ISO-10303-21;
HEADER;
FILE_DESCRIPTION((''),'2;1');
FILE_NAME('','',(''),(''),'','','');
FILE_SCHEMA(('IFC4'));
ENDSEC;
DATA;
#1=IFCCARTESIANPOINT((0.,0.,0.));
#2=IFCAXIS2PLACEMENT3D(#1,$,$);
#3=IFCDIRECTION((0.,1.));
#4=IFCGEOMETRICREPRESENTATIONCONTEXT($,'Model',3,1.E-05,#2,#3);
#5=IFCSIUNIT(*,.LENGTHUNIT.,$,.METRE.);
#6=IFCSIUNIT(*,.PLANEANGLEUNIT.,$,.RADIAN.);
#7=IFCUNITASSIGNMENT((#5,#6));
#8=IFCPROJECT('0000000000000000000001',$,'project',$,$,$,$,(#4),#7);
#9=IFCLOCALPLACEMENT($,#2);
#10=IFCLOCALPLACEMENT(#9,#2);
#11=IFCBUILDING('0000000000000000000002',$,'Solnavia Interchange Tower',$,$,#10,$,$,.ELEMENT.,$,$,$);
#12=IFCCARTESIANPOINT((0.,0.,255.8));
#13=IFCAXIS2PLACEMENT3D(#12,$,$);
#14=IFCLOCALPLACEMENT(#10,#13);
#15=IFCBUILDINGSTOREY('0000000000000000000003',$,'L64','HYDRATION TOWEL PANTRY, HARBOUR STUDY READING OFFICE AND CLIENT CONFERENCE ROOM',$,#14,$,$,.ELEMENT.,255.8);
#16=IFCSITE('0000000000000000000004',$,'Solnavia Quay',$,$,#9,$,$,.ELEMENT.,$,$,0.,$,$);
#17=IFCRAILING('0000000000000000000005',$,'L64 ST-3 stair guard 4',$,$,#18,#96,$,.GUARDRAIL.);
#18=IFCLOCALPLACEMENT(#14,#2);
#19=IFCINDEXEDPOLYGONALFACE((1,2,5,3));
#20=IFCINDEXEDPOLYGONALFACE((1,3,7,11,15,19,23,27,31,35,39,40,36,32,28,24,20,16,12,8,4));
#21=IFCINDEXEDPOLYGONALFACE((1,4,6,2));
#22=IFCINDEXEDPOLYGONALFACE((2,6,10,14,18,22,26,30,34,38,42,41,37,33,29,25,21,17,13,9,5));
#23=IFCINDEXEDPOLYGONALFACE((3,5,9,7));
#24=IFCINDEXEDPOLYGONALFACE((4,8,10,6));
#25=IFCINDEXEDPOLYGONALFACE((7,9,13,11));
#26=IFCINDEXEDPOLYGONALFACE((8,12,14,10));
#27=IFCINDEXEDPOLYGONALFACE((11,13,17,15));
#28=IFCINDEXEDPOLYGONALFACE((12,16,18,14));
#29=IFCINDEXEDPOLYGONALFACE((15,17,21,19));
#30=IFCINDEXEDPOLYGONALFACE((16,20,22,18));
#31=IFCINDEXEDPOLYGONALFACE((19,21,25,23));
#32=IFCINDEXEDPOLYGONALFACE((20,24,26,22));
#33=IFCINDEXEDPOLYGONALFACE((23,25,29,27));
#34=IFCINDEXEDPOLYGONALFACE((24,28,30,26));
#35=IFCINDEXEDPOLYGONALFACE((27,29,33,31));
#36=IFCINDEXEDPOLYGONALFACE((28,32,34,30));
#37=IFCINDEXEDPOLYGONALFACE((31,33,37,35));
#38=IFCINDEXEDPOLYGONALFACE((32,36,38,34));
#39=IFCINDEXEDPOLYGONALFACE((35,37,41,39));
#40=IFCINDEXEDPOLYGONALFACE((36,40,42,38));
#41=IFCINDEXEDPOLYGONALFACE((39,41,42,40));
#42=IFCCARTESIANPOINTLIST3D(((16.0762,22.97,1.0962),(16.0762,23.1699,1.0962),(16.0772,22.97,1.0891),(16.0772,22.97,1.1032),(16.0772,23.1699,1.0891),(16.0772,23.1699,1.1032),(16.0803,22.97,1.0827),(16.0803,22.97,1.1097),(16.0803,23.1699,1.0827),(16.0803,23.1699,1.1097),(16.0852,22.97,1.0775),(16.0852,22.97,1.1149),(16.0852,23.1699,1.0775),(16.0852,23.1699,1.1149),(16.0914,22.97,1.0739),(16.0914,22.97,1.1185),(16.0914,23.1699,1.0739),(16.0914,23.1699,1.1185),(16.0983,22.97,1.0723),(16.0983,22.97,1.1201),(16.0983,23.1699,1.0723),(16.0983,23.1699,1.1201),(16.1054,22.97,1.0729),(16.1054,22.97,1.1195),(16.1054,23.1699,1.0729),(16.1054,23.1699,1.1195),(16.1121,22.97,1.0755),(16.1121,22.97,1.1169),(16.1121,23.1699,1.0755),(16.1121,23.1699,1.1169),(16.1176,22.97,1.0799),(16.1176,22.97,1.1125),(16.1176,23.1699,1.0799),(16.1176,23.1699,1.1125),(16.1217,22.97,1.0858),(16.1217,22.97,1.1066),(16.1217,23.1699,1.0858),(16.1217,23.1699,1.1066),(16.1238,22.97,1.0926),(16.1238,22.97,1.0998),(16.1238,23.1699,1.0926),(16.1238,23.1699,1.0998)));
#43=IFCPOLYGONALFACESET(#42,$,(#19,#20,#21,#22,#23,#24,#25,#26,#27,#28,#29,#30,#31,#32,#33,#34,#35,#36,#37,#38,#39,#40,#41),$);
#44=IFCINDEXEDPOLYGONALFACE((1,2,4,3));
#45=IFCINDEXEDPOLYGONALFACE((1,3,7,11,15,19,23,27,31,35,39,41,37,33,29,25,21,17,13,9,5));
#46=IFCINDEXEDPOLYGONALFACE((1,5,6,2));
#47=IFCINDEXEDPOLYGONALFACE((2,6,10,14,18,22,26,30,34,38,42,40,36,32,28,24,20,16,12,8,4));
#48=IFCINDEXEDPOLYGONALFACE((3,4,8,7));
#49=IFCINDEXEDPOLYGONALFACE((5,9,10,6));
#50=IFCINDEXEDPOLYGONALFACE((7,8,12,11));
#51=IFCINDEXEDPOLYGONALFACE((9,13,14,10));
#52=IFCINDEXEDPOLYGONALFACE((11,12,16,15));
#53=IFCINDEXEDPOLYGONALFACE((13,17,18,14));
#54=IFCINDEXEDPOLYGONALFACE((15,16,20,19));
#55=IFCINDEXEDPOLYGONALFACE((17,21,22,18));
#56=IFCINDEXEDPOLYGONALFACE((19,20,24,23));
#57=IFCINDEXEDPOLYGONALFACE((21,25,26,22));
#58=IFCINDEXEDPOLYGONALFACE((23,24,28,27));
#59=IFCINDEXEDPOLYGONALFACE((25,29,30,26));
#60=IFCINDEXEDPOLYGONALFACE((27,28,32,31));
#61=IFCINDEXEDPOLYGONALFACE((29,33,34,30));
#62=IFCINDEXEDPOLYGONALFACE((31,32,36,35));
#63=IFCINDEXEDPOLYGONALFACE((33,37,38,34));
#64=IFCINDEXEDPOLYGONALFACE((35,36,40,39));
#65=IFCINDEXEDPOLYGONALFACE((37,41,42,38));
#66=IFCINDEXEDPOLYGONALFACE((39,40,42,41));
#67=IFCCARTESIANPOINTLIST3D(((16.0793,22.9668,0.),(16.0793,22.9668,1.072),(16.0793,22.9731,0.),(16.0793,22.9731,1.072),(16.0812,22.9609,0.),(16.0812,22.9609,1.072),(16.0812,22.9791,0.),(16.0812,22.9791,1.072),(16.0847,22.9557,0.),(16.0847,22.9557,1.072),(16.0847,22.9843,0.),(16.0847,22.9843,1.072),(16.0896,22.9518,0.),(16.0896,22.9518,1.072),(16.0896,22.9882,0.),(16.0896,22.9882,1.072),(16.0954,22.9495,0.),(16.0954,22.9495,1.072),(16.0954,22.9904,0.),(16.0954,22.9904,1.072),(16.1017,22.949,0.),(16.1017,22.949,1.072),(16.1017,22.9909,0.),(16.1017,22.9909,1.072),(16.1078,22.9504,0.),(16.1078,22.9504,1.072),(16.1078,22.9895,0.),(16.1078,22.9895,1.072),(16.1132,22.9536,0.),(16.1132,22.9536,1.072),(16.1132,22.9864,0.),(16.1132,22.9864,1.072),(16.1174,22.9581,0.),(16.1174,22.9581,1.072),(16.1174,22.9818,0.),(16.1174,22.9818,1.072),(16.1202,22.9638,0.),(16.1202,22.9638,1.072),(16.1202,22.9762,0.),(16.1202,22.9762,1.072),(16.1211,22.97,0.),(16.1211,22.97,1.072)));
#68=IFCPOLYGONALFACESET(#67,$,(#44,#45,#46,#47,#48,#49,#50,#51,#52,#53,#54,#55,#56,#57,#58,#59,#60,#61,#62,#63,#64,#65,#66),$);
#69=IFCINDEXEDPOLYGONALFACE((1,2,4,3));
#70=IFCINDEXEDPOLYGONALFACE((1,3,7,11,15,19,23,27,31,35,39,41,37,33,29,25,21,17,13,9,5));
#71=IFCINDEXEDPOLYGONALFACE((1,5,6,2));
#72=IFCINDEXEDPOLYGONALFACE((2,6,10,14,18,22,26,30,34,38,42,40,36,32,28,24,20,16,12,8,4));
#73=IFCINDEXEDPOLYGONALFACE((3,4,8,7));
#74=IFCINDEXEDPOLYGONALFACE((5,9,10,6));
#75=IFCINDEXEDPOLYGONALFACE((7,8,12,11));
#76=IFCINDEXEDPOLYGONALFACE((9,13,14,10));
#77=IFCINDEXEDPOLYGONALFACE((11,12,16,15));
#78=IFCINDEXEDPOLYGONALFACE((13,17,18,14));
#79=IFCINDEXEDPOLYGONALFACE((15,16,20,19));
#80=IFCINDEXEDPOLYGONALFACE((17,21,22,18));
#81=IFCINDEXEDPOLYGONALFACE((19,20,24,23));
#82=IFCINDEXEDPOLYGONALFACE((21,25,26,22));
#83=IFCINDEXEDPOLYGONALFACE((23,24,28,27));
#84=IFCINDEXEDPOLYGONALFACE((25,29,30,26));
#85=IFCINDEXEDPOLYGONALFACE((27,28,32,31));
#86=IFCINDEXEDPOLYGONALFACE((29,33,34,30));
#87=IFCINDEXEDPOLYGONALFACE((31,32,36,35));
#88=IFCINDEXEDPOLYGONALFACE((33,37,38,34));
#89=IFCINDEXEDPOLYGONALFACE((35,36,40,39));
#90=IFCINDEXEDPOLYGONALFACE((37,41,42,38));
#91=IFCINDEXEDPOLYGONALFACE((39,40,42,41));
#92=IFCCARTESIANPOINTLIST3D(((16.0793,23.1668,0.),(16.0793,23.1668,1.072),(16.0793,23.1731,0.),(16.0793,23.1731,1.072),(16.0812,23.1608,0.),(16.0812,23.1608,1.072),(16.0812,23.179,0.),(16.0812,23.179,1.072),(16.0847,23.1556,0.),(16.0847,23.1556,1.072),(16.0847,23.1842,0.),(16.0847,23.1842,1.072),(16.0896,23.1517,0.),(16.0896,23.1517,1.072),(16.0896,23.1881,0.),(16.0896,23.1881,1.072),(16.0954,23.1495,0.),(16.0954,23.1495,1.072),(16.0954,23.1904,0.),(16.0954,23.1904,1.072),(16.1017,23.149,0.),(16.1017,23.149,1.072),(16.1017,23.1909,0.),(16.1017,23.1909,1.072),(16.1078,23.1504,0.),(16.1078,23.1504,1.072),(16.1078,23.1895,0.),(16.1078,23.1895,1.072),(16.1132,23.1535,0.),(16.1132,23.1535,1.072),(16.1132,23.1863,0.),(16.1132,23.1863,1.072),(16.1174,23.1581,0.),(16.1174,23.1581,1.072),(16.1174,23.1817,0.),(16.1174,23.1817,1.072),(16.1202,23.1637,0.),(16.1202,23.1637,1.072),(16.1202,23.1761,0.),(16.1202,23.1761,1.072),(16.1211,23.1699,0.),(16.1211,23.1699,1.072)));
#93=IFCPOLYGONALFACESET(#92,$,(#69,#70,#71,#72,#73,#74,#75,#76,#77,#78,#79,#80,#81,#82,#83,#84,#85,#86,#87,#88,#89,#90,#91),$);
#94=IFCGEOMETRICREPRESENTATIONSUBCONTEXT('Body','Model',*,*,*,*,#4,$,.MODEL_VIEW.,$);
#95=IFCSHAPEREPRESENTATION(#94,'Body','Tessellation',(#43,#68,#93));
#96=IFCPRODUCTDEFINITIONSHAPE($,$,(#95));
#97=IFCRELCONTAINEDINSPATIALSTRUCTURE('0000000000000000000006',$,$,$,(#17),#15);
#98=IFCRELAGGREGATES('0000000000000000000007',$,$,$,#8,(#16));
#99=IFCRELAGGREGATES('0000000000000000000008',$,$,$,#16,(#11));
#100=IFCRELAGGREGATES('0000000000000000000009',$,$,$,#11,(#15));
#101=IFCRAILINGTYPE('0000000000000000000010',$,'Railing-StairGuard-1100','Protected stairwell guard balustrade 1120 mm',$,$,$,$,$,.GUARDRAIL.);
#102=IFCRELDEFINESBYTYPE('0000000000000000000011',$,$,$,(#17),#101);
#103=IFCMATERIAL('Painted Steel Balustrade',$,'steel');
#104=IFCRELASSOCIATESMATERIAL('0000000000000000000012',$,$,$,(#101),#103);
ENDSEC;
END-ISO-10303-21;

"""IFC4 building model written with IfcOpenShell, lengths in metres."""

from ifc_helpers import new_model, si_unit, direction, frame, origin, origin_2d, place, context, subcontext, project, spatial, circle, extrude, material, type_object, element, save


model = new_model("IFC4")

# Units and contexts
model_context = context("Model", 3, precision=1e-05, world=origin(), true_north=direction((0.0, 1.0)))
body_context = subcontext(model_context, "Body", "Model", "MODEL_VIEW")
ifc_project = project(units=[si_unit("LENGTHUNIT", "METRE"), si_unit("PLANEANGLEUNIT", "RADIAN")], contexts=[model_context])

# Site, building, storey
site_placement = place(None, origin())
site = spatial("IfcSite", under=ifc_project, at=site_placement, Name="Solnavia Quay", CompositionType="ELEMENT", RefElevation=0.0)
building_placement = place(site_placement, origin())
building = spatial("IfcBuilding", under=site, at=building_placement, Name="Solnavia Interchange Tower", CompositionType="ELEMENT")
storey_placement = place(building_placement, frame((0.0, 0.0, 255.8)))
storey = spatial("IfcBuildingStorey", under=building, at=storey_placement, Name="L64", Description="HYDRATION TOWEL PANTRY, HARBOUR STUDY READING OFFICE AND CLIENT CONFERENCE ROOM", CompositionType="ELEMENT", Elevation=255.8)

# Railing
ifc_material_1 = material(Name="Painted Steel Balustrade", Category="steel")
railing_type_1 = type_object("IfcRailingType", Name="Railing-StairGuard-1100", Description="Protected stairwell guard balustrade 1120 mm", PredefinedType="GUARDRAIL", material=ifc_material_1)
railing_1_placement = place(storey_placement, frame((16.1001, 22.97, 0.0)))
element("IfcRailing", 1, at=railing_1_placement, inside=storey, type_object=railing_type_1, Name="L64 ST-3 stair guard 4", PredefinedType="GUARDRAIL", context=body_context, shape_type="SweptSolid", body=[
    extrude(circle(Radius=0.0239, at=origin_2d()), frame((0.0, 0.0, 1.0962), z_axis=(0.0, 1.0, 0.0), x_axis=(-1.0, 0.0, 0.0)), (0.0, 0.0, 1.0), 0.2),
    extrude(circle(Radius=0.021, at=origin_2d()), origin(), (0.0, 0.0, 1.0), 1.072),
    extrude(circle(Radius=0.021, at=origin_2d()), frame((0.0, 0.2, 0.0)), (0.0, 0.0, 1.0), 1.072),
])

save(model, "model.ifc")
